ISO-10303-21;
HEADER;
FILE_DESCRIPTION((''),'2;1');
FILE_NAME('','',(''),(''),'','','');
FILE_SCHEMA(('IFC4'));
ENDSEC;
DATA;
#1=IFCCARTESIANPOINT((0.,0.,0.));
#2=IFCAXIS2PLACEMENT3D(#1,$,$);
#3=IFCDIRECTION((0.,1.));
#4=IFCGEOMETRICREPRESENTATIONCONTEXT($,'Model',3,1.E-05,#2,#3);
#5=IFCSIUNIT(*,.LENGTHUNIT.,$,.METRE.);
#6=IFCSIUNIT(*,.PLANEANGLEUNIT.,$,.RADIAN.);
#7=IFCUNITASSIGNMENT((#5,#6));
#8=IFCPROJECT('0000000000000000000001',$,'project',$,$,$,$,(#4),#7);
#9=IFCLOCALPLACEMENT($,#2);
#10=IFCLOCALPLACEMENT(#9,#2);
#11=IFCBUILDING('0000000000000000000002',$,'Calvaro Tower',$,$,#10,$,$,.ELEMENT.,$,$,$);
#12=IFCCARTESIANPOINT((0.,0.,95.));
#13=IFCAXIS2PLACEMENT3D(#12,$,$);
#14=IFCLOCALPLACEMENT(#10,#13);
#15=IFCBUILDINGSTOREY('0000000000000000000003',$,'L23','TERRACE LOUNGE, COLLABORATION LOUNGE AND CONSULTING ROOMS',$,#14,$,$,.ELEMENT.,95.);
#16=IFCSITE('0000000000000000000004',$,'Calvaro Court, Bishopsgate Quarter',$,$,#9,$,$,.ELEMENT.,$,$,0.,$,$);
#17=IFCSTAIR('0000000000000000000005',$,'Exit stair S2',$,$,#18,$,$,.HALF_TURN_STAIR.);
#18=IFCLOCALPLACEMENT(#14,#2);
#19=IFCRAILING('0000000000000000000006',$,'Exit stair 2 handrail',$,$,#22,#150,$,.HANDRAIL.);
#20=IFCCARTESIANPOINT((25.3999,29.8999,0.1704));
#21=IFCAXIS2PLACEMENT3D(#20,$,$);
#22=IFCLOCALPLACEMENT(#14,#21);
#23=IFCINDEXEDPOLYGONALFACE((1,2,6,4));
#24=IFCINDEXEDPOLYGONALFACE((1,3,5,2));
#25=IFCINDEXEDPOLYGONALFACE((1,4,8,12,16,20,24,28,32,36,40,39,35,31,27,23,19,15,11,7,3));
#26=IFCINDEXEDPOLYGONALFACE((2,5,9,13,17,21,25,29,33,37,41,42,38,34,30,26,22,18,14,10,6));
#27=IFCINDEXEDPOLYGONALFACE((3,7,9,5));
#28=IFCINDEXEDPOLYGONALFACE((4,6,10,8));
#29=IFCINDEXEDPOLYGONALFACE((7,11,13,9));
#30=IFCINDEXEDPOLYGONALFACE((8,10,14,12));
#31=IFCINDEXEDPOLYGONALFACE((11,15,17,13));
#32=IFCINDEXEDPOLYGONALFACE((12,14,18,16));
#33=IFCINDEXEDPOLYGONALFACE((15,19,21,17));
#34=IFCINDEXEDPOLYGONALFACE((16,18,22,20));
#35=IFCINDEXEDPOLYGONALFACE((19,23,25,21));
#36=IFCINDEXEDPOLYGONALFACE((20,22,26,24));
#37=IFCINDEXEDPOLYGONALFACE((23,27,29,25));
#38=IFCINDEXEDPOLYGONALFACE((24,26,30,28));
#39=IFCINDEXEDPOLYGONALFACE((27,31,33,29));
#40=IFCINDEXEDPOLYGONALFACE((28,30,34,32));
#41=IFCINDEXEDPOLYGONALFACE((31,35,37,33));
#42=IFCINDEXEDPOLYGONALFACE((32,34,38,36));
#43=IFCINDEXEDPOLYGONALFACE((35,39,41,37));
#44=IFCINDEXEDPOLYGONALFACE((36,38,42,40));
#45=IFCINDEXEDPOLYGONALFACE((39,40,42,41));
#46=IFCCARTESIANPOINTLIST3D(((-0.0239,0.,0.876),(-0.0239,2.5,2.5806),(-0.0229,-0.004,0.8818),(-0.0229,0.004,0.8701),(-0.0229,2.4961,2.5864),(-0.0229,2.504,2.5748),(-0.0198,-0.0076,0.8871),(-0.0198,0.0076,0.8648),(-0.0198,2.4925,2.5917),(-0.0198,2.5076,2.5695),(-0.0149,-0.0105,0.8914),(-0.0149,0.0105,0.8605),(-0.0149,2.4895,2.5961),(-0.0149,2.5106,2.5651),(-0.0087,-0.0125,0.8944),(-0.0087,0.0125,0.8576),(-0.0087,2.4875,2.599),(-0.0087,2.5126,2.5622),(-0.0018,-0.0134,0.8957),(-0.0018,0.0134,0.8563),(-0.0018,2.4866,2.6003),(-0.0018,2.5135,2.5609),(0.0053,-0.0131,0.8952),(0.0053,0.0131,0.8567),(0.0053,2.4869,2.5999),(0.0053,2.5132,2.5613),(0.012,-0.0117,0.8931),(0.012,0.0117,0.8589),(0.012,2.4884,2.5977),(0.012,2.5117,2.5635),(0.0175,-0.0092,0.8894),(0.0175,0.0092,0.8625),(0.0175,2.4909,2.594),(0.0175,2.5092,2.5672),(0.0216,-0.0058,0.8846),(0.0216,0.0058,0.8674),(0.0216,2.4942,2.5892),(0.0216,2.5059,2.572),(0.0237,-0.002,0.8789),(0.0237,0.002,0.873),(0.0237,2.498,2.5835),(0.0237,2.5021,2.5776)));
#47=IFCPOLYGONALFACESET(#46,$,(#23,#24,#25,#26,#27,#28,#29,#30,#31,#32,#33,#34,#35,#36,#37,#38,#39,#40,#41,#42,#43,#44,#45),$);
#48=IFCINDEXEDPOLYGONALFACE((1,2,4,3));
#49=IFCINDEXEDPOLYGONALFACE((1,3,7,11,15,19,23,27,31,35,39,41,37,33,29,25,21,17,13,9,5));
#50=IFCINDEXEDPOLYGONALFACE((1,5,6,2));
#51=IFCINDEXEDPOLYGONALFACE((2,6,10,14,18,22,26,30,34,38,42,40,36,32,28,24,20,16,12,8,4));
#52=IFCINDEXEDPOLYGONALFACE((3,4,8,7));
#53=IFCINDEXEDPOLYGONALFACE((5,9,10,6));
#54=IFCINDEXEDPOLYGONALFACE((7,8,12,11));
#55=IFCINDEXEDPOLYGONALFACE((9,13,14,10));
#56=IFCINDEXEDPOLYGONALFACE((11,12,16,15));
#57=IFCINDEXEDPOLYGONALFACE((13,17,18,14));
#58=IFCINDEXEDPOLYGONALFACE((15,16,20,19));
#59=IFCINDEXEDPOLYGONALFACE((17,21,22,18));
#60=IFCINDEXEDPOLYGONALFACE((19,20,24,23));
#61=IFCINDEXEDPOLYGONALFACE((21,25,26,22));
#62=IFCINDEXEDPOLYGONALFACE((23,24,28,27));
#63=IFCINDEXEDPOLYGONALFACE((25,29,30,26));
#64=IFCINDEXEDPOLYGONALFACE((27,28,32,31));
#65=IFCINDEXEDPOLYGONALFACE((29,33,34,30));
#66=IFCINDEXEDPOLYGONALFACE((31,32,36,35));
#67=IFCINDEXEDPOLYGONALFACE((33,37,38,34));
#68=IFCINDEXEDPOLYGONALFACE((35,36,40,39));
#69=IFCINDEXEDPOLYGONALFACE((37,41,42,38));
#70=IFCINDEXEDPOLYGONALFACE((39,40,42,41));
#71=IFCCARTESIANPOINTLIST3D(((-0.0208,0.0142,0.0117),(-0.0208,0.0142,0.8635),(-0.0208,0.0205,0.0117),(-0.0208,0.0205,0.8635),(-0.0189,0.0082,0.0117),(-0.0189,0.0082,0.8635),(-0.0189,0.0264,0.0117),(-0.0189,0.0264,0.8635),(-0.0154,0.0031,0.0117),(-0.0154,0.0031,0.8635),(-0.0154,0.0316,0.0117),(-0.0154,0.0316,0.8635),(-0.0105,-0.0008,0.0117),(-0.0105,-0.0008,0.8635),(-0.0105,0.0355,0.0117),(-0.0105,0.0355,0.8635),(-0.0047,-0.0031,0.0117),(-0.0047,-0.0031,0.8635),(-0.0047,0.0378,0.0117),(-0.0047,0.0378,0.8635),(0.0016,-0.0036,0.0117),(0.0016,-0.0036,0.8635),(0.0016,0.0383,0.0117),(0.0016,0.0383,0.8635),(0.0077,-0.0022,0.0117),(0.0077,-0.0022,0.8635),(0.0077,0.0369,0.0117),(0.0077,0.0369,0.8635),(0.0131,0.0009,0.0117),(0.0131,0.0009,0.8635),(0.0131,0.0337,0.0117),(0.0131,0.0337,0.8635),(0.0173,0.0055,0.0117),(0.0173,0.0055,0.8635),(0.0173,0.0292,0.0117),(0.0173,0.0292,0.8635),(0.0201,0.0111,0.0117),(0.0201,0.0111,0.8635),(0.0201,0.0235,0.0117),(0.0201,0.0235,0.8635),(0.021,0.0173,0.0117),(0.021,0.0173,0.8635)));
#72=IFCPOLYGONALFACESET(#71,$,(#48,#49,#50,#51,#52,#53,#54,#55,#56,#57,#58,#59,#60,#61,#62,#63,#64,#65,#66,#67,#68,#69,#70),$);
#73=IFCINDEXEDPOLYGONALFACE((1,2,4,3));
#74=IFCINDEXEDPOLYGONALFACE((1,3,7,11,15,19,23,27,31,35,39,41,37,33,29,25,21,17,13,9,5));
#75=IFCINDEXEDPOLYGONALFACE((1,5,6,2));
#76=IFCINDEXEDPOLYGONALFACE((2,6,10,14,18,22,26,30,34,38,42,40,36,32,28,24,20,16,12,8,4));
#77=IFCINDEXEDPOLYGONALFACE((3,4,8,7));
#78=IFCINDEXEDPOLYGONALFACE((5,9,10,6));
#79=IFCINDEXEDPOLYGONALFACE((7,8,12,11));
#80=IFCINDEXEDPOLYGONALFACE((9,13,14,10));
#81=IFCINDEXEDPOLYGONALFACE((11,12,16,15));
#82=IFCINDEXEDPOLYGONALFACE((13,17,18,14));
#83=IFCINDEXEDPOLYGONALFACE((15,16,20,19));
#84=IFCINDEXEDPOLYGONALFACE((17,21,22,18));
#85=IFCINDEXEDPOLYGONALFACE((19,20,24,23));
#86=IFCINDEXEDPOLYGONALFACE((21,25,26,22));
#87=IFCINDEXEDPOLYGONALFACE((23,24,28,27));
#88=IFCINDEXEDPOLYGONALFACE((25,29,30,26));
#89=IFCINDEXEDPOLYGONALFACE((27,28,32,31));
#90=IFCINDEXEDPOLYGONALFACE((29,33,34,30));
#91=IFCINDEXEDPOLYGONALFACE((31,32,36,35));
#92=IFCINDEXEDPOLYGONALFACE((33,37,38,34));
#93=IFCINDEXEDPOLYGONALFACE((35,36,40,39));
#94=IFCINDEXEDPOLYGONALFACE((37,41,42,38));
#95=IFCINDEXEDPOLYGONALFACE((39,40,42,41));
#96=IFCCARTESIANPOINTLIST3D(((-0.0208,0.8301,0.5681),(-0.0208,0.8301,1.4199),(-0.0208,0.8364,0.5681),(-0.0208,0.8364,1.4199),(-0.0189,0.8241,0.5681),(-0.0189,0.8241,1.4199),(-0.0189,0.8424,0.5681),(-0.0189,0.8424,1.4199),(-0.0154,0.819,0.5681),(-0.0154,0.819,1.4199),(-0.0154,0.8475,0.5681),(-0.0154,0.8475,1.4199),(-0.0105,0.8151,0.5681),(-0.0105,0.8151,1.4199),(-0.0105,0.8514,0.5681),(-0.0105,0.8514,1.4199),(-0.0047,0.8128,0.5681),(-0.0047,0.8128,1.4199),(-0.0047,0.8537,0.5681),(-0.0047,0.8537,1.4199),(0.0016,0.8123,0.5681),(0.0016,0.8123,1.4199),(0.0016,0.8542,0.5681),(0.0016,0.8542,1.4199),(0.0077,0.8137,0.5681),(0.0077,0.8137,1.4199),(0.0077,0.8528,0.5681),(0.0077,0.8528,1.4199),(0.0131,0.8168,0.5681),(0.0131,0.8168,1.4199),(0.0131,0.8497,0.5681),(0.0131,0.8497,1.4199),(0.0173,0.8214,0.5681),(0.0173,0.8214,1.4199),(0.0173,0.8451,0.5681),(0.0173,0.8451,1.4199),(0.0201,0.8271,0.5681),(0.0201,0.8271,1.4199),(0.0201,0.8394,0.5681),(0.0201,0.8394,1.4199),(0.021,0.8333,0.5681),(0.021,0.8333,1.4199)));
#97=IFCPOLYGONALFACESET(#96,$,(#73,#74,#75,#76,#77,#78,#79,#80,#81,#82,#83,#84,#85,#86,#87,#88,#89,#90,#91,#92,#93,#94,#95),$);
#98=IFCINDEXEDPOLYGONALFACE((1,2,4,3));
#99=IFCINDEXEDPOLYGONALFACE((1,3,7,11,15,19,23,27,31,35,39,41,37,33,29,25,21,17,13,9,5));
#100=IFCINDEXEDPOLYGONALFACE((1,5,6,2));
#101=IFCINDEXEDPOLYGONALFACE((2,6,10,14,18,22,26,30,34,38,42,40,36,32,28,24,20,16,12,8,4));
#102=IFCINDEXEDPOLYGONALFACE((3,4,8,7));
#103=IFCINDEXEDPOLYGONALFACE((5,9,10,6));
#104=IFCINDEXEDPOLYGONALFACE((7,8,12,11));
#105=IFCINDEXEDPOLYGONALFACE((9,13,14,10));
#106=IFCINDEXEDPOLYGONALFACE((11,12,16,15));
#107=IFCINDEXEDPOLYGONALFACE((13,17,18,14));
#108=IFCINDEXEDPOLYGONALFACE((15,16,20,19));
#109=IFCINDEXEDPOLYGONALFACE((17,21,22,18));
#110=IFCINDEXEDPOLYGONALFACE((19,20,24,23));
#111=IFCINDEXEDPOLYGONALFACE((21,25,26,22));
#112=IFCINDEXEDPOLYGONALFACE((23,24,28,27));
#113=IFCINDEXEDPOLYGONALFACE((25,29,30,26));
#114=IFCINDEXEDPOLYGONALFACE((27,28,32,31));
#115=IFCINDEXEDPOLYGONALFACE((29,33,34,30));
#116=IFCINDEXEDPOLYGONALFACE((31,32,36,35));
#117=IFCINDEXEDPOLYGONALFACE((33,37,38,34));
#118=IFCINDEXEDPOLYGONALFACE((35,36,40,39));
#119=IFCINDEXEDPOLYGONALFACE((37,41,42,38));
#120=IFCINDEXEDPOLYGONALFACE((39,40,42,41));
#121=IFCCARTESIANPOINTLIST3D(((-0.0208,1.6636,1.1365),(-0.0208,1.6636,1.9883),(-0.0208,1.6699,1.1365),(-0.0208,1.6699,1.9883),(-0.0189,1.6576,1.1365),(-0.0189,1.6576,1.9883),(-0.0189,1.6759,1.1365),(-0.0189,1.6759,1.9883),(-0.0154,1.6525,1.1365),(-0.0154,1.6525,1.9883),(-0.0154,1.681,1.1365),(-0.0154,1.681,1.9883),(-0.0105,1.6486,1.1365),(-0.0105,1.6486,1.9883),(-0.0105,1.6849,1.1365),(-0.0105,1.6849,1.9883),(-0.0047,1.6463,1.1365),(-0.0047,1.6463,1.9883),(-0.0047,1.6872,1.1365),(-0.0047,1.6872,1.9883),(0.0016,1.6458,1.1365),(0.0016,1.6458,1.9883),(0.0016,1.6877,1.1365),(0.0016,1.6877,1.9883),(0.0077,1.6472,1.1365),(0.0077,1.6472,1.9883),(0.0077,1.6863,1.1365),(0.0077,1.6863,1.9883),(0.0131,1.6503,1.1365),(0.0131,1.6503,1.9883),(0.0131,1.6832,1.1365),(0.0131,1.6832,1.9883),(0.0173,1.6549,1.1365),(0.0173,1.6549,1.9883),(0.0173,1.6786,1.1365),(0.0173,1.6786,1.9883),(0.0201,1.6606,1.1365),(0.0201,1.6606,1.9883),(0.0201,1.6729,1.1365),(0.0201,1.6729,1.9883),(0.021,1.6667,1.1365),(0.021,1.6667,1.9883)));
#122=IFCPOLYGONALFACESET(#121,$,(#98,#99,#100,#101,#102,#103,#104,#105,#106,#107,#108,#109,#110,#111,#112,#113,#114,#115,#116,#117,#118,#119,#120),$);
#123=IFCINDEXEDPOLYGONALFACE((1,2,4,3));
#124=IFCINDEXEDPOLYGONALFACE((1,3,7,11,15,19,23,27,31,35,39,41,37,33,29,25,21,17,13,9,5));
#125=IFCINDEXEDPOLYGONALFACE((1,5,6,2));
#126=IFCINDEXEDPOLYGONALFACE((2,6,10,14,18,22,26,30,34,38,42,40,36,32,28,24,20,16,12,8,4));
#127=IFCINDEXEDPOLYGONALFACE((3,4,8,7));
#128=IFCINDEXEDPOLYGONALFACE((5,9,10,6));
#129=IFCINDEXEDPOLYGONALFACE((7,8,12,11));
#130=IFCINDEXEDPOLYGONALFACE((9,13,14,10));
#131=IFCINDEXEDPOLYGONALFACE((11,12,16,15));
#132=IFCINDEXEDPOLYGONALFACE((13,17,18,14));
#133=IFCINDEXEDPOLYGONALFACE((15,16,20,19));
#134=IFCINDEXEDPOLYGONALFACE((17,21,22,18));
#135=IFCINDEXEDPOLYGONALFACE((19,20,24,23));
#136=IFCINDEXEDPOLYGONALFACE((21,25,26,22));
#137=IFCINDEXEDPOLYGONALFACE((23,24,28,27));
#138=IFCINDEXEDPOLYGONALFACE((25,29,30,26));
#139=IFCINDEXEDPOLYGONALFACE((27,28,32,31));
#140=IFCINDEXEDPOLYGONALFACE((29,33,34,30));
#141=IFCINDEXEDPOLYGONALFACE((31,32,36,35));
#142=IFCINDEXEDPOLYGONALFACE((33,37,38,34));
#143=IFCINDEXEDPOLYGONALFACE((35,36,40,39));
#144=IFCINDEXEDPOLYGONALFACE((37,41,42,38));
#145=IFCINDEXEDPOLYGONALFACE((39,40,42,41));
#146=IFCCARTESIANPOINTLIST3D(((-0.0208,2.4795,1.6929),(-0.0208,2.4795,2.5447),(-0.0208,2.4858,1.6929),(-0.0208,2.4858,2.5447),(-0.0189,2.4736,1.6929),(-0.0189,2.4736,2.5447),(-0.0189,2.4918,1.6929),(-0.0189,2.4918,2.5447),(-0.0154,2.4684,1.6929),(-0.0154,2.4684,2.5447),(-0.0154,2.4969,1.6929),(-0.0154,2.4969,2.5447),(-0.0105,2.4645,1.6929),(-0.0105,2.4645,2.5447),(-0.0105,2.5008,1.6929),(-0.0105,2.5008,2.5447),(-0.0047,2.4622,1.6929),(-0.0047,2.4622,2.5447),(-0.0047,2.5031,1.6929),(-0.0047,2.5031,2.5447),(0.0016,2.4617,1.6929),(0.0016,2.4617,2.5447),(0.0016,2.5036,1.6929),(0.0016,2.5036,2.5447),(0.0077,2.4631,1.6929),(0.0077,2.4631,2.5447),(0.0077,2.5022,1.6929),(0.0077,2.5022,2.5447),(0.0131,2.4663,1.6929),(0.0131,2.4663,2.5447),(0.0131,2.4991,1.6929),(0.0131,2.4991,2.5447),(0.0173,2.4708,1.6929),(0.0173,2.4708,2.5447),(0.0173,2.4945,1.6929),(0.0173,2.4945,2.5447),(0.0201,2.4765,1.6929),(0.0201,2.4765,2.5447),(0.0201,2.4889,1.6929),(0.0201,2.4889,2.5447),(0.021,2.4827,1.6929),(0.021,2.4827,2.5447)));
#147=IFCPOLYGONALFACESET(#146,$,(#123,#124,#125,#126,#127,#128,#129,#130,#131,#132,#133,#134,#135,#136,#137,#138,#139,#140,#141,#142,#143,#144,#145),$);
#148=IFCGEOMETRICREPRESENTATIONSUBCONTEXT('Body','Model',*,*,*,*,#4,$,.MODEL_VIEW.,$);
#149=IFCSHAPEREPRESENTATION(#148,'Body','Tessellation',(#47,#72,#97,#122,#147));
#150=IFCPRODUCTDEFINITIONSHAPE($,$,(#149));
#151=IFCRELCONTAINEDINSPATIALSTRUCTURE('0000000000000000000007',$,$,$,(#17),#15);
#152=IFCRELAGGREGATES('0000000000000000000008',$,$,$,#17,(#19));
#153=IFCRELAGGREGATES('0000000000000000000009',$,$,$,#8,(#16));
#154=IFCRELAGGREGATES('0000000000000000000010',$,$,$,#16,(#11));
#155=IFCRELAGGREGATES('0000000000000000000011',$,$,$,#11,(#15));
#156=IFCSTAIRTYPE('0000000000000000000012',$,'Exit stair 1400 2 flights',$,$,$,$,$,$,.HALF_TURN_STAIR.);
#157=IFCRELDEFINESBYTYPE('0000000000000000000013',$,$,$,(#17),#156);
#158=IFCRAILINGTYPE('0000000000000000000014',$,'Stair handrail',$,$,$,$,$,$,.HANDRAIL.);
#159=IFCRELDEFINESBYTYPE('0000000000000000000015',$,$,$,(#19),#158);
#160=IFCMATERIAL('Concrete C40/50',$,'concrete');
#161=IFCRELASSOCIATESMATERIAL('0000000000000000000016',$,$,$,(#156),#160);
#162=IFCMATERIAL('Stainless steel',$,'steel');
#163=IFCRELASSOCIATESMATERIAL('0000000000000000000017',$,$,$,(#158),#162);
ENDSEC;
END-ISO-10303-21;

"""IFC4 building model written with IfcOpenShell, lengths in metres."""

from ifc_helpers import new_model, si_unit, direction, frame, origin, origin_2d, place, context, subcontext, project, spatial, circle, extrude, material, type_object, element, aggregate, save


model = new_model("IFC4")

# Units and contexts
model_context = context("Model", 3, precision=1e-05, world=origin(), true_north=direction((0.0, 1.0)))
body_context = subcontext(model_context, "Body", "Model", "MODEL_VIEW")
ifc_project = project(units=[si_unit("LENGTHUNIT", "METRE"), si_unit("PLANEANGLEUNIT", "RADIAN")], contexts=[model_context])

# Site, building, storey
site_placement = place(None, origin())
site = spatial("IfcSite", under=ifc_project, at=site_placement, Name="Calvaro Court, Bishopsgate Quarter", CompositionType="ELEMENT", RefElevation=0.0)
building_placement = place(site_placement, origin())
building = spatial("IfcBuilding", under=site, at=building_placement, Name="Calvaro Tower", CompositionType="ELEMENT")
storey_placement = place(building_placement, frame((0.0, 0.0, 95.0)))
storey = spatial("IfcBuildingStorey", under=building, at=storey_placement, Name="L23", Description="TERRACE LOUNGE, COLLABORATION LOUNGE AND CONSULTING ROOMS", CompositionType="ELEMENT", Elevation=95.0)

# Stair, railing
ifc_material_1 = material(Name="Concrete C40/50", Category="concrete")
stair_type = type_object("IfcStairType", Name="Exit stair 1400 2 flights", PredefinedType="HALF_TURN_STAIR", material=ifc_material_1)
stair_placement = place(storey_placement, origin())
stair = element("IfcStair", 1, at=stair_placement, inside=storey, type_object=stair_type, Name="Exit stair S2", PredefinedType="HALF_TURN_STAIR")
ifc_material_2 = material(Name="Stainless steel", Category="steel")
railing_type = type_object("IfcRailingType", Name="Stair handrail", PredefinedType="HANDRAIL", material=ifc_material_2)
railing_1_placement = place(storey_placement, frame((25.3999, 29.8999, 0.1704)))
railing_1 = element("IfcRailing", 2, at=railing_1_placement, type_object=railing_type, Name="Exit stair 2 handrail", PredefinedType="HANDRAIL", context=body_context, shape_type="SweptSolid", body=[
    extrude(circle(Radius=0.0239, at=origin_2d()), frame((0.0, 0.0, 0.876), z_axis=(0.0, 0.826221, 0.563347), x_axis=(-1.0, 0.0, 0.0)), (0.0, 0.0, 1.0), 3.0259),
    extrude(circle(Radius=0.021, at=origin_2d()), frame((0.0, 0.0173, 0.0117)), (0.0, 0.0, 1.0), 0.8518),
    extrude(circle(Radius=0.021, at=origin_2d()), frame((0.0, 0.8333, 0.5681)), (0.0, 0.0, 1.0), 0.8518),
    extrude(circle(Radius=0.021, at=origin_2d()), frame((0.0, 1.6667, 1.1365)), (0.0, 0.0, 1.0), 0.8518),
    extrude(circle(Radius=0.021, at=origin_2d()), frame((0.0, 2.4827, 1.6929)), (0.0, 0.0, 1.0), 0.8518),
])
aggregate(stair, [railing_1])

save(model, "model.ifc")
